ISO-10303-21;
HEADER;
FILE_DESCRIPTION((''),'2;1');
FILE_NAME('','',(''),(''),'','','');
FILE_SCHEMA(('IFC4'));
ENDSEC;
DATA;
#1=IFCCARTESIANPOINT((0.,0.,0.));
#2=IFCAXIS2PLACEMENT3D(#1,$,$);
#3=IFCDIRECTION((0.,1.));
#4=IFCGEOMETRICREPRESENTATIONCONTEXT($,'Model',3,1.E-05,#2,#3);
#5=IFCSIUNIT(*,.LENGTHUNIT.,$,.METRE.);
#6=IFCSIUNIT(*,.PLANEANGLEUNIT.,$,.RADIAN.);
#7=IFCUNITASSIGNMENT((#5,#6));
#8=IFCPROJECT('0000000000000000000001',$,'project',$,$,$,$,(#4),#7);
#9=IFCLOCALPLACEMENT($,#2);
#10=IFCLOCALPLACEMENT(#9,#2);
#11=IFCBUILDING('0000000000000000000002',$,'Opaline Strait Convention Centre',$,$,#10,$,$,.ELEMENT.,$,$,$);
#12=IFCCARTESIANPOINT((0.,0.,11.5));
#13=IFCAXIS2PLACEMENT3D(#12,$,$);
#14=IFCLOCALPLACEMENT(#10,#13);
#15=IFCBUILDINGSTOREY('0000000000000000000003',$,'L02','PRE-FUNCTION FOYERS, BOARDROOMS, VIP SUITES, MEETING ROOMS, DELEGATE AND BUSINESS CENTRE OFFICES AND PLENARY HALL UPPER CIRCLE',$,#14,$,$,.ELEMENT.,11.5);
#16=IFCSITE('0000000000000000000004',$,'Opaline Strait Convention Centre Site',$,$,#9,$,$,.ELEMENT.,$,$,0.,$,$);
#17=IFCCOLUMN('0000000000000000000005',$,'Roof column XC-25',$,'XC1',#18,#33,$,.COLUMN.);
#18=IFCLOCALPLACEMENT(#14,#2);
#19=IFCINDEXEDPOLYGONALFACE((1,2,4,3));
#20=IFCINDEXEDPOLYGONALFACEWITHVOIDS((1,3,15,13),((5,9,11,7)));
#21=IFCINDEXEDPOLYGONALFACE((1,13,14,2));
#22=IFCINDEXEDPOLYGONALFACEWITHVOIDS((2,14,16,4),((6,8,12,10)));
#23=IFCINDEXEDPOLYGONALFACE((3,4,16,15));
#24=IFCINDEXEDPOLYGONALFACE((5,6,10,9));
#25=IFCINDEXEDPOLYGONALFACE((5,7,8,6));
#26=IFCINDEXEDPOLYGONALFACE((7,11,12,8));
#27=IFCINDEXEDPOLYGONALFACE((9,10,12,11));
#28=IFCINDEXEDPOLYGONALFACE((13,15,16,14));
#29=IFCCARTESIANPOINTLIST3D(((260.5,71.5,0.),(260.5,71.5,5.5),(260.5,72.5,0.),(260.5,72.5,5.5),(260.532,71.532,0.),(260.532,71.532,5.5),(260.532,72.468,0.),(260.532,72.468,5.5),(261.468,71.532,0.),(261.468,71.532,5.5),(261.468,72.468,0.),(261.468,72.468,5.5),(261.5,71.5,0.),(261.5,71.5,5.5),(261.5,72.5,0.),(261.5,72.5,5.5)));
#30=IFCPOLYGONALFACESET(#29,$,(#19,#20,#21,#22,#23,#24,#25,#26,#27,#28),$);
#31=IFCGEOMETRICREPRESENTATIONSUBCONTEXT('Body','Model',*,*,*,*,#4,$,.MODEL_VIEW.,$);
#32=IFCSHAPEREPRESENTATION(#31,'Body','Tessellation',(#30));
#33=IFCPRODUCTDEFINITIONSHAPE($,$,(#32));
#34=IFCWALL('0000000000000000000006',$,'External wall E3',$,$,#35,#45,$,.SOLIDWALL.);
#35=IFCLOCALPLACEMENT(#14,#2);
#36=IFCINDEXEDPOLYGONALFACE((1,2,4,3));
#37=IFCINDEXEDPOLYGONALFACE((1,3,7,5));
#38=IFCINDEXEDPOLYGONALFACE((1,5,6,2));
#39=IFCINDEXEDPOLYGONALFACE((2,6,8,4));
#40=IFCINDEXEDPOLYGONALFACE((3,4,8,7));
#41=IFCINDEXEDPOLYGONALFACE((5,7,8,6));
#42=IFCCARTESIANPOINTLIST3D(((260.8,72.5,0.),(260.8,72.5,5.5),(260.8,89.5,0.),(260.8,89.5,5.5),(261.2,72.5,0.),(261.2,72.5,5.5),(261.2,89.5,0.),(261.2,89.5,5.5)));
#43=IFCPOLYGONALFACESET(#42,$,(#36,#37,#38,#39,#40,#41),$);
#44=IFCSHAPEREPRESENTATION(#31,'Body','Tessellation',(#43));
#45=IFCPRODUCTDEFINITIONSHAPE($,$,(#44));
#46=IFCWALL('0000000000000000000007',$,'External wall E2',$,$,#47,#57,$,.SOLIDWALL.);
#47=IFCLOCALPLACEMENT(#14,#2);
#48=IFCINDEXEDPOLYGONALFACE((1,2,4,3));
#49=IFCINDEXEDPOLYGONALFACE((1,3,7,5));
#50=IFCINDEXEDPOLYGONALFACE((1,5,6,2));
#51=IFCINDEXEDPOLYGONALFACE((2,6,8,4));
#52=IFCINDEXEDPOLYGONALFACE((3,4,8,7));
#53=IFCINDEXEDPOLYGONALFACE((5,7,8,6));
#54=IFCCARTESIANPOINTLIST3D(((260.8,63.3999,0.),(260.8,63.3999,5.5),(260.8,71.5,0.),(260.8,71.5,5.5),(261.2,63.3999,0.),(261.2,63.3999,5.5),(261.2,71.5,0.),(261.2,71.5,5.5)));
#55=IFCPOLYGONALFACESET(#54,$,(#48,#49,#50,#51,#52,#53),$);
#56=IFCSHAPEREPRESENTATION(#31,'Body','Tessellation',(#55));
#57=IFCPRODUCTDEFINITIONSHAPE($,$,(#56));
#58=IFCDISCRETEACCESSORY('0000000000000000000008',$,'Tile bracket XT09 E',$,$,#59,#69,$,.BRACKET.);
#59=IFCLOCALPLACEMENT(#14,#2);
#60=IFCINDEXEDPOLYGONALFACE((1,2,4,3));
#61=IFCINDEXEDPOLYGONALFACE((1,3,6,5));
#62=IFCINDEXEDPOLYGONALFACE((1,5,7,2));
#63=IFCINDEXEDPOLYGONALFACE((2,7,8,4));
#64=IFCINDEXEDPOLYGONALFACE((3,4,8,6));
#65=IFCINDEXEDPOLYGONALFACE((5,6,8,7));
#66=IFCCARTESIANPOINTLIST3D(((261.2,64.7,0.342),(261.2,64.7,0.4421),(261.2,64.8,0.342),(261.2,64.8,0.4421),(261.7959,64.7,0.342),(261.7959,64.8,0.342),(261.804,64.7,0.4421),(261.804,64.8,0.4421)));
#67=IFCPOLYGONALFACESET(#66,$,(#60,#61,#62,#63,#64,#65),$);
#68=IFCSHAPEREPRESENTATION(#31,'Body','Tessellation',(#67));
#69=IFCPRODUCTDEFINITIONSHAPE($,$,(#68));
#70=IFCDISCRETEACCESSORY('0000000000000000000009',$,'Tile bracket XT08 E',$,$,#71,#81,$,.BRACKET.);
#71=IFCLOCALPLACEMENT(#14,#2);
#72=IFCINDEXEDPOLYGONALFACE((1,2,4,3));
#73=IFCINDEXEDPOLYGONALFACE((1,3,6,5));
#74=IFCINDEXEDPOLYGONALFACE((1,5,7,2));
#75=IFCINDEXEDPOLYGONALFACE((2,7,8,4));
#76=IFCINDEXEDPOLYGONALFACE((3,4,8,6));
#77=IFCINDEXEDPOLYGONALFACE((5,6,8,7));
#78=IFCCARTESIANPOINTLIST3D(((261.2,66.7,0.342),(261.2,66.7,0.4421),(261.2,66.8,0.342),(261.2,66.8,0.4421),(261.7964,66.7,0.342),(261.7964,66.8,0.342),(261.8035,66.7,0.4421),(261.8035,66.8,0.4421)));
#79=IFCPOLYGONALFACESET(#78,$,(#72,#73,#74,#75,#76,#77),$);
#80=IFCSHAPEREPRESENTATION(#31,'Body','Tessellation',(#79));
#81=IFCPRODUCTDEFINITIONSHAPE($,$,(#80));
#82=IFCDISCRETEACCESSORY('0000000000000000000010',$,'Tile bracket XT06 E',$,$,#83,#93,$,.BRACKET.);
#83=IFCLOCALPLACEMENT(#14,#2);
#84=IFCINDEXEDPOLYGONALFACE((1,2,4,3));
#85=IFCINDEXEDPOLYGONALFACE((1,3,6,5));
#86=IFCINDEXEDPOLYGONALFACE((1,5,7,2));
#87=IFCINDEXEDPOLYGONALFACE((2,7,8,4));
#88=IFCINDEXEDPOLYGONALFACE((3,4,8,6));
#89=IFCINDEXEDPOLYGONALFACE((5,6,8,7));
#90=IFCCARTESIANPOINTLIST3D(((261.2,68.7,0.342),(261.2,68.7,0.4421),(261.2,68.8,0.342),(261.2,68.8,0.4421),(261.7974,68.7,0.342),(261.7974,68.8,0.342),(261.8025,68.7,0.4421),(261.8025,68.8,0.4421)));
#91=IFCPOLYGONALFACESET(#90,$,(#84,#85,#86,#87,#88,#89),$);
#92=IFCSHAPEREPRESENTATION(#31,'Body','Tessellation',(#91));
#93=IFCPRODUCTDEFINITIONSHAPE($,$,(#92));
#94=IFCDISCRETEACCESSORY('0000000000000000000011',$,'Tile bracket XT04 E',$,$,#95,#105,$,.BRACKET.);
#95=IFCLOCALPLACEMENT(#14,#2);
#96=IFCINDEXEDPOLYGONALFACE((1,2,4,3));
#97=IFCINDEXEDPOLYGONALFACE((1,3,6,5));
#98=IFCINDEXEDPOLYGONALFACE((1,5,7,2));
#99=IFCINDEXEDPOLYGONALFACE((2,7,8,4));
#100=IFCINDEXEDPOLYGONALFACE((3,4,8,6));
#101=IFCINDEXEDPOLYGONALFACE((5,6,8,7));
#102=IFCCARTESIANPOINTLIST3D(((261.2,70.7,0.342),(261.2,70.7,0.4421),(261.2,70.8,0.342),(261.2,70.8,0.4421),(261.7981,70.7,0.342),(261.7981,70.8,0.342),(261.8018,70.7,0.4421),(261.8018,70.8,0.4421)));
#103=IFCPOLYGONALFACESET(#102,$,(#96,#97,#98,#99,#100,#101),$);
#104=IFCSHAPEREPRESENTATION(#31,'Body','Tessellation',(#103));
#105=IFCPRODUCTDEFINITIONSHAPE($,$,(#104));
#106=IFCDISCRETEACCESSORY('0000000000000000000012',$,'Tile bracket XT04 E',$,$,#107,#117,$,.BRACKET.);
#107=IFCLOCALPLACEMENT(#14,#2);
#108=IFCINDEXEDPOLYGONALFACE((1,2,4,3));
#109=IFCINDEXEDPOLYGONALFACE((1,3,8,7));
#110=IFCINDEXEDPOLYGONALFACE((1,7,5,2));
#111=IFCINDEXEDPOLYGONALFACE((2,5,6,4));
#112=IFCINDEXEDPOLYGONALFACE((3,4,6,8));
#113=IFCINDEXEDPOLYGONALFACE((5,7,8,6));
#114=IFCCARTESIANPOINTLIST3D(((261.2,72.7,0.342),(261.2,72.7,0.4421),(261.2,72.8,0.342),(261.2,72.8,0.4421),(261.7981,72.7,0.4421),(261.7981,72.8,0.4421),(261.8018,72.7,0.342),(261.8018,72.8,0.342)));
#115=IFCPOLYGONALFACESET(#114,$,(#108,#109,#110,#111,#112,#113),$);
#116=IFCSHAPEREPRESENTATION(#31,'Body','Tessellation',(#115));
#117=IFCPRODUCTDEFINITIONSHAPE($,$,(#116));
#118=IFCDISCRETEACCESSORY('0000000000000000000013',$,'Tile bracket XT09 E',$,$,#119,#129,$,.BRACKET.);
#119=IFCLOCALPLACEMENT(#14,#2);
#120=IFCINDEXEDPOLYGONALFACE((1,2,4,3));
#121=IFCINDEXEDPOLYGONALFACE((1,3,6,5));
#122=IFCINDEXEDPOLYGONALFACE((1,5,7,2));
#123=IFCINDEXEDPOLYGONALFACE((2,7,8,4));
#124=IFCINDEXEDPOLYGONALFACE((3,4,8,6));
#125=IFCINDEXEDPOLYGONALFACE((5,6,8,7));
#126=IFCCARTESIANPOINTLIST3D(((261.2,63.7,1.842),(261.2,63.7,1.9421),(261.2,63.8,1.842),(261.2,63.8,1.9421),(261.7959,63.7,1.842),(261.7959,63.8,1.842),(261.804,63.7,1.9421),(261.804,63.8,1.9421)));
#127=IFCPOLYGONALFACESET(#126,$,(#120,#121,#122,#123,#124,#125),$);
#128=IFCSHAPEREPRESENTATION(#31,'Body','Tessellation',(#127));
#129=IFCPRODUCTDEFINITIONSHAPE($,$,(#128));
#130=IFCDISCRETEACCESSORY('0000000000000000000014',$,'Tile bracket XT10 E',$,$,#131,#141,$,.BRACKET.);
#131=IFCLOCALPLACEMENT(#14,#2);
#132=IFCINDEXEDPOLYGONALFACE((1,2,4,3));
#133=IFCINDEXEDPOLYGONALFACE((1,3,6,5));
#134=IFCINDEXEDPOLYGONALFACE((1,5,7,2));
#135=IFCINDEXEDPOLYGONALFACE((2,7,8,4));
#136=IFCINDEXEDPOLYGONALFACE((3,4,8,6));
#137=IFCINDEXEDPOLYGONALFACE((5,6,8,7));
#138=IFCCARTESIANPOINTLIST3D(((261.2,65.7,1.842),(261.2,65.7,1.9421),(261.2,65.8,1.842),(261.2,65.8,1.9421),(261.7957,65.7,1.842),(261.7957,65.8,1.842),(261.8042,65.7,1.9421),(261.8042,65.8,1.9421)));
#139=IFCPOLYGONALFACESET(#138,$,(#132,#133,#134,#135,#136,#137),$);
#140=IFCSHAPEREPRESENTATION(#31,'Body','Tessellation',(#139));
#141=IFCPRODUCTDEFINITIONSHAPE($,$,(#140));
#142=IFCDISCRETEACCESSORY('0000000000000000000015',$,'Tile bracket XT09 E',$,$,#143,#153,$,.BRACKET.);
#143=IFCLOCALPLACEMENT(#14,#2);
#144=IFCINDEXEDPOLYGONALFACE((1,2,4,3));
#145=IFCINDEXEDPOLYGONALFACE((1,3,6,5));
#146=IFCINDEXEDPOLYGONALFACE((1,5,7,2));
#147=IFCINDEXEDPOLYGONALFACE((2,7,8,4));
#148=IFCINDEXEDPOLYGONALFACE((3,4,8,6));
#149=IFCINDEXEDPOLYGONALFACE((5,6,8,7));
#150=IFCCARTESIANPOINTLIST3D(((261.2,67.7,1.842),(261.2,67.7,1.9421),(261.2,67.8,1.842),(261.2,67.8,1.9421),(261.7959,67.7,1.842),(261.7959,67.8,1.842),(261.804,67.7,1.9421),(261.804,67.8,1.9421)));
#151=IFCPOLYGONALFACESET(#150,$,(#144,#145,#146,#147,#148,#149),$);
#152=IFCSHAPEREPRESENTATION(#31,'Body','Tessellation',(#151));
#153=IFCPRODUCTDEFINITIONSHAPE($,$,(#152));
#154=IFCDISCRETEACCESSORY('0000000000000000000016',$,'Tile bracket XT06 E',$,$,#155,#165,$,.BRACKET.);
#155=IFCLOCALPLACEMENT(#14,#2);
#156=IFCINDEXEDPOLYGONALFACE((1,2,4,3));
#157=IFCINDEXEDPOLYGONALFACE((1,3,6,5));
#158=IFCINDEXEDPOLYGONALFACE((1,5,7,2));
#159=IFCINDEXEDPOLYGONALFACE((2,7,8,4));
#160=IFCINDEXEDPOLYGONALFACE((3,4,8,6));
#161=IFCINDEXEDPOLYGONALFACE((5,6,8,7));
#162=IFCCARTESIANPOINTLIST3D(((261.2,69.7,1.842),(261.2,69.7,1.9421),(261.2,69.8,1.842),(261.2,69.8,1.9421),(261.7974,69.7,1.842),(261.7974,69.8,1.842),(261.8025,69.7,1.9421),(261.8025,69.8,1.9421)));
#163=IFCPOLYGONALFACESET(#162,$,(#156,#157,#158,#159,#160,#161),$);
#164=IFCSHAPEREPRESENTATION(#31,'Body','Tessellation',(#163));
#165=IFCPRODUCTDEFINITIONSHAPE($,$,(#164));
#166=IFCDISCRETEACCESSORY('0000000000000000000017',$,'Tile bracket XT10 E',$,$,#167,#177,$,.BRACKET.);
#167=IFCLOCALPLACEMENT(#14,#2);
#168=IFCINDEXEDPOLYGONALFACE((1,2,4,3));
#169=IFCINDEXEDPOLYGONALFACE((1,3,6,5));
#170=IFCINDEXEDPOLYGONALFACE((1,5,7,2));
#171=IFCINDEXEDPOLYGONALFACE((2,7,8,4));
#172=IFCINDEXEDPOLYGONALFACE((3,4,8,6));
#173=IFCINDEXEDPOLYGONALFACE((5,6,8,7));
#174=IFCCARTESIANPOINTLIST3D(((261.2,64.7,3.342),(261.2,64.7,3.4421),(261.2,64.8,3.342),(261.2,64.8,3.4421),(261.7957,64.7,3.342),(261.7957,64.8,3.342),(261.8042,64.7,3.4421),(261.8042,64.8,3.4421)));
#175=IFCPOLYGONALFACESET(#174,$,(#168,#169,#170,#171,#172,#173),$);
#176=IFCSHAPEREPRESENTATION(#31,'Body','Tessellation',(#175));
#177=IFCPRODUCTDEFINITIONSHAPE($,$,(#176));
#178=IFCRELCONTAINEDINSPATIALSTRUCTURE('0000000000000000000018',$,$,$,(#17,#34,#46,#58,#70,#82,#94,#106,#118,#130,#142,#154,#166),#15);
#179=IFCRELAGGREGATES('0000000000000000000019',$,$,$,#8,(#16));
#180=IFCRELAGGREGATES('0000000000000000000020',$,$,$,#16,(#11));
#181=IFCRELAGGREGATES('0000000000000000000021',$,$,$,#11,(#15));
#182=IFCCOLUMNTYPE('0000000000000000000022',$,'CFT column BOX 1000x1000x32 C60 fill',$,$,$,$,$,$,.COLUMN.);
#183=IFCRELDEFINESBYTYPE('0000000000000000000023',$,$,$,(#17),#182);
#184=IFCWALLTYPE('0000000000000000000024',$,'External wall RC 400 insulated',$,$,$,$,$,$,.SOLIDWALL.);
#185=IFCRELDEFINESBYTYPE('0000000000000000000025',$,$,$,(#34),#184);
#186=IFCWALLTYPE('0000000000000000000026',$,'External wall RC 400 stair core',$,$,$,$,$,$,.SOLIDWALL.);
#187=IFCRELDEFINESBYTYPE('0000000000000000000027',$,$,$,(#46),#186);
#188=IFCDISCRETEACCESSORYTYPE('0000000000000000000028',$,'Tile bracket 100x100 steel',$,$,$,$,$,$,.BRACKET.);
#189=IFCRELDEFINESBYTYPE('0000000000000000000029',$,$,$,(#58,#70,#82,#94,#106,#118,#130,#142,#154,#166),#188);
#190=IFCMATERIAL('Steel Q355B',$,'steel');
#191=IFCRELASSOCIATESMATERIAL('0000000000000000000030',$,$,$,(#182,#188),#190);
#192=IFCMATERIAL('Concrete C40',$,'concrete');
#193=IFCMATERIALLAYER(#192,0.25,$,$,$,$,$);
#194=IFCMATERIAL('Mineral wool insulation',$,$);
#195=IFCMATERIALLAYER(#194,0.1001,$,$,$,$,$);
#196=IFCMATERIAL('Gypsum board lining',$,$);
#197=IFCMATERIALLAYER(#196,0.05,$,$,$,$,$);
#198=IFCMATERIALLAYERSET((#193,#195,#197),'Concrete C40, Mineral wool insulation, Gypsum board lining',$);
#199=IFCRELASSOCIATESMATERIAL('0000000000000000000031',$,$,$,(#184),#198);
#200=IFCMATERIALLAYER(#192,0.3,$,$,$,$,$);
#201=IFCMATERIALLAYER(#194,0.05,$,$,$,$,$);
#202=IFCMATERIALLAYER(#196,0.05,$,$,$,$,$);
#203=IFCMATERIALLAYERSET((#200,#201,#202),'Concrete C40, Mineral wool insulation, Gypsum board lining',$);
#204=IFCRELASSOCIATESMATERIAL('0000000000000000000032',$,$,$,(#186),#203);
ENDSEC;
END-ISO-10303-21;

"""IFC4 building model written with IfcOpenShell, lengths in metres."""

from ifc_helpers import new_model, si_unit, direction, frame, frame_2d, origin, origin_2d, place, context, subcontext, project, spatial, polyline, rectangle, hollow_rectangle, outline, extrude, material, layer, layer_set, material_profile, profile_set, type_object, element, save


model = new_model("IFC4")

# Units and contexts
model_context = context("Model", 3, precision=1e-05, world=origin(), true_north=direction((0.0, 1.0)))
body_context = subcontext(model_context, "Body", "Model", "MODEL_VIEW")
ifc_project = project(units=[si_unit("LENGTHUNIT", "METRE"), si_unit("PLANEANGLEUNIT", "RADIAN")], contexts=[model_context])

# Site, building, storey
site_placement = place(None, origin())
site = spatial("IfcSite", under=ifc_project, at=site_placement, Name="Opaline Strait Convention Centre Site", CompositionType="ELEMENT", RefElevation=0.0)
building_placement = place(site_placement, origin())
building = spatial("IfcBuilding", under=site, at=building_placement, Name="Opaline Strait Convention Centre", CompositionType="ELEMENT")
storey_placement = place(building_placement, frame((0.0, 0.0, 11.5)))
storey = spatial("IfcBuildingStorey", under=building, at=storey_placement, Name="L02", Description="PRE-FUNCTION FOYERS, BOARDROOMS, VIP SUITES, MEETING ROOMS, DELEGATE AND BUSINESS CENTRE OFFICES AND PLENARY HALL UPPER CIRCLE", CompositionType="ELEMENT", Elevation=11.5)

# Column
ifc_material_1 = material(Name="Steel Q355B", Category="steel")
ifc_material_profile = material_profile(ifc_material_1, hollow_rectangle(XDim=1.0, YDim=1.0, WallThickness=0.032, at=origin_2d()), Name="BOX 1000x1000x32")
ifc_profile_set = profile_set([ifc_material_profile], Name="Steel Q355B")
column_type = type_object("IfcColumnType", Name="CFT column BOX 1000x1000x32 C60 fill", PredefinedType="COLUMN", material=ifc_profile_set)
column_placement = place(storey_placement, frame((261.0, 72.0, 0.0), z_axis=(0.0, 0.0, 1.0), x_axis=(1.0, 0.0, 0.0)))
element("IfcColumn", 1, at=column_placement, inside=storey, type_object=column_type, Name="Roof column XC-25", ObjectType="XC1", PredefinedType="COLUMN", context=body_context, shape_type="SweptSolid", body=[
    extrude(hollow_rectangle(XDim=1.0, YDim=1.0, WallThickness=0.032, at=origin_2d()), origin(), (0.0, 0.0, 1.0), 5.5),
])

# Walls
ifc_material_2 = material(Name="Concrete C40", Category="concrete")
ifc_layer_1 = layer(ifc_material_2, 0.25)
ifc_material_3 = material(Name="Mineral wool insulation")
ifc_layer_2 = layer(ifc_material_3, 0.1001)
ifc_material_4 = material(Name="Gypsum board lining")
ifc_layer_3 = layer(ifc_material_4, 0.05)
ifc_layer_set_1 = layer_set([ifc_layer_1, ifc_layer_2, ifc_layer_3], Name="Concrete C40, Mineral wool insulation, Gypsum board lining")
wall_type_1 = type_object("IfcWallType", Name="External wall RC 400 insulated", PredefinedType="SOLIDWALL", material=ifc_layer_set_1)
wall_1_placement = place(storey_placement, frame((261.0, 72.5, 0.0), z_axis=(0.0, 0.0, 1.0), x_axis=(0.0, 1.0, 0.0)))
element("IfcWall", 2, at=wall_1_placement, inside=storey, type_object=wall_type_1, Name="External wall E3", PredefinedType="SOLIDWALL", context=body_context, shape_type="SweptSolid", body=[
    extrude(rectangle(XDim=17.0, YDim=0.3999, at=frame_2d((8.5, 0.0))), origin(), (0.0, 0.0, 1.0), 5.5),
])
ifc_layer_4 = layer(ifc_material_2, 0.3)
ifc_layer_5 = layer(ifc_material_3, 0.05)
ifc_layer_6 = layer(ifc_material_4, 0.05)
ifc_layer_set_2 = layer_set([ifc_layer_4, ifc_layer_5, ifc_layer_6], Name="Concrete C40, Mineral wool insulation, Gypsum board lining")
wall_type_2 = type_object("IfcWallType", Name="External wall RC 400 stair core", PredefinedType="SOLIDWALL", material=ifc_layer_set_2)
wall_2_placement = place(storey_placement, frame((261.0, 63.3999, 0.0), z_axis=(0.0, 0.0, 1.0), x_axis=(0.0, 1.0, 0.0)))
element("IfcWall", 3, at=wall_2_placement, inside=storey, type_object=wall_type_2, Name="External wall E2", PredefinedType="SOLIDWALL", context=body_context, shape_type="SweptSolid", body=[
    extrude(rectangle(XDim=8.1001, YDim=0.3999, at=frame_2d((4.05, 0.0))), origin(), (0.0, 0.0, 1.0), 5.5),
])

# Discrete accessories
discrete_accessory_type = type_object("IfcDiscreteAccessoryType", Name="Tile bracket 100x100 steel", PredefinedType="BRACKET", material=ifc_material_1)
discrete_accessory_1_placement = place(storey_placement, frame((261.2, 64.7, 0.3921), z_axis=(0.0, 1.0, 0.0), x_axis=(-1.0, 0.0, 0.0)))
element("IfcDiscreteAccessory", 4, at=discrete_accessory_1_placement, inside=storey, type_object=discrete_accessory_type, Name="Tile bracket XT09 E", PredefinedType="BRACKET", context=body_context, shape_type="SweptSolid", body=[
    extrude(outline(polyline([(0.0, -0.05), (0.0, 0.05), (-0.604, 0.05), (-0.5959, -0.05), (0.0, -0.05)])), origin(), (0.0, 0.0, 1.0), 0.1001),
])
discrete_accessory_2_placement = place(storey_placement, frame((261.2, 66.7, 0.3921), z_axis=(0.0, 1.0, 0.0), x_axis=(-1.0, 0.0, 0.0)))
element("IfcDiscreteAccessory", 5, at=discrete_accessory_2_placement, inside=storey, type_object=discrete_accessory_type, Name="Tile bracket XT08 E", PredefinedType="BRACKET", context=body_context, shape_type="SweptSolid", body=[
    extrude(outline(polyline([(0.0, -0.05), (0.0, 0.05), (-0.6035, 0.05), (-0.5964, -0.05), (0.0, -0.05)])), origin(), (0.0, 0.0, 1.0), 0.1001),
])
discrete_accessory_3_placement = place(storey_placement, frame((261.2, 68.7, 0.3921), z_axis=(0.0, 1.0, 0.0), x_axis=(-1.0, 0.0, 0.0)))
element("IfcDiscreteAccessory", 6, at=discrete_accessory_3_placement, inside=storey, type_object=discrete_accessory_type, Name="Tile bracket XT06 E", PredefinedType="BRACKET", context=body_context, shape_type="SweptSolid", body=[
    extrude(outline(polyline([(0.0, -0.05), (0.0, 0.05), (-0.6025, 0.05), (-0.5974, -0.05), (0.0, -0.05)])), origin(), (0.0, 0.0, 1.0), 0.1001),
])
discrete_accessory_4_placement = place(storey_placement, frame((261.2, 70.7, 0.3921), z_axis=(0.0, 1.0, 0.0), x_axis=(-1.0, 0.0, 0.0)))
element("IfcDiscreteAccessory", 7, at=discrete_accessory_4_placement, inside=storey, type_object=discrete_accessory_type, Name="Tile bracket XT04 E", PredefinedType="BRACKET", context=body_context, shape_type="SweptSolid", body=[
    extrude(outline(polyline([(0.0, -0.05), (0.0, 0.05), (-0.6018, 0.05), (-0.5981, -0.05), (0.0, -0.05)])), origin(), (0.0, 0.0, 1.0), 0.1001),
])
discrete_accessory_5_placement = place(storey_placement, frame((261.2, 72.7, 0.3921), z_axis=(0.0, 1.0, 0.0), x_axis=(-1.0, 0.0, 0.0)))
element("IfcDiscreteAccessory", 8, at=discrete_accessory_5_placement, inside=storey, type_object=discrete_accessory_type, Name="Tile bracket XT04 E", PredefinedType="BRACKET", context=body_context, shape_type="SweptSolid", body=[
    extrude(outline(polyline([(0.0, -0.05), (0.0, 0.05), (-0.5981, 0.05), (-0.6018, -0.05), (0.0, -0.05)])), origin(), (0.0, 0.0, 1.0), 0.1001),
])
discrete_accessory_6_placement = place(storey_placement, frame((261.2, 63.7, 1.8921), z_axis=(0.0, 1.0, 0.0), x_axis=(-1.0, 0.0, 0.0)))
element("IfcDiscreteAccessory", 9, at=discrete_accessory_6_placement, inside=storey, type_object=discrete_accessory_type, Name="Tile bracket XT09 E", PredefinedType="BRACKET", context=body_context, shape_type="SweptSolid", body=[
    extrude(outline(polyline([(0.0, -0.05), (0.0, 0.05), (-0.604, 0.05), (-0.5959, -0.05), (0.0, -0.05)])), origin(), (0.0, 0.0, 1.0), 0.1001),
])
discrete_accessory_7_placement = place(storey_placement, frame((261.2, 65.7, 1.8921), z_axis=(0.0, 1.0, 0.0), x_axis=(-1.0, 0.0, 0.0)))
element("IfcDiscreteAccessory", 10, at=discrete_accessory_7_placement, inside=storey, type_object=discrete_accessory_type, Name="Tile bracket XT10 E", PredefinedType="BRACKET", context=body_context, shape_type="SweptSolid", body=[
    extrude(outline(polyline([(0.0, -0.05), (0.0, 0.05), (-0.6042, 0.05), (-0.5957, -0.05), (0.0, -0.05)])), origin(), (0.0, 0.0, 1.0), 0.1001),
])
discrete_accessory_8_placement = place(storey_placement, frame((261.2, 67.7, 1.8921), z_axis=(0.0, 1.0, 0.0), x_axis=(-1.0, 0.0, 0.0)))
element("IfcDiscreteAccessory", 11, at=discrete_accessory_8_placement, inside=storey, type_object=discrete_accessory_type, Name="Tile bracket XT09 E", PredefinedType="BRACKET", context=body_context, shape_type="SweptSolid", body=[
    extrude(outline(polyline([(0.0, -0.05), (0.0, 0.05), (-0.604, 0.05), (-0.5959, -0.05), (0.0, -0.05)])), origin(), (0.0, 0.0, 1.0), 0.1001),
])
discrete_accessory_9_placement = place(storey_placement, frame((261.2, 69.7, 1.8921), z_axis=(0.0, 1.0, 0.0), x_axis=(-1.0, 0.0, 0.0)))
element("IfcDiscreteAccessory", 12, at=discrete_accessory_9_placement, inside=storey, type_object=discrete_accessory_type, Name="Tile bracket XT06 E", PredefinedType="BRACKET", context=body_context, shape_type="SweptSolid", body=[
    extrude(outline(polyline([(0.0, -0.05), (0.0, 0.05), (-0.6025, 0.05), (-0.5974, -0.05), (0.0, -0.05)])), origin(), (0.0, 0.0, 1.0), 0.1001),
])
for number, where, z_axis, x_axis, name in (
    (13, (261.2, 64.7, 3.3921), (0.0, 1.0, 0.0), (-1.0, 0.0, 0.0), "Tile bracket XT10 E"),
):
    element("IfcDiscreteAccessory", number, at=place(storey_placement, frame(where, z_axis=z_axis, x_axis=x_axis)), inside=storey, type_object=discrete_accessory_type, Name=name, PredefinedType="BRACKET", context=body_context, shape_type="SweptSolid", body=[
        extrude(outline(polyline([(0.0, -0.05), (0.0, 0.05), (-0.6042, 0.05), (-0.5957, -0.05), (0.0, -0.05)])), origin(), (0.0, 0.0, 1.0), 0.1001),
    ])

save(model, "model.ifc")
